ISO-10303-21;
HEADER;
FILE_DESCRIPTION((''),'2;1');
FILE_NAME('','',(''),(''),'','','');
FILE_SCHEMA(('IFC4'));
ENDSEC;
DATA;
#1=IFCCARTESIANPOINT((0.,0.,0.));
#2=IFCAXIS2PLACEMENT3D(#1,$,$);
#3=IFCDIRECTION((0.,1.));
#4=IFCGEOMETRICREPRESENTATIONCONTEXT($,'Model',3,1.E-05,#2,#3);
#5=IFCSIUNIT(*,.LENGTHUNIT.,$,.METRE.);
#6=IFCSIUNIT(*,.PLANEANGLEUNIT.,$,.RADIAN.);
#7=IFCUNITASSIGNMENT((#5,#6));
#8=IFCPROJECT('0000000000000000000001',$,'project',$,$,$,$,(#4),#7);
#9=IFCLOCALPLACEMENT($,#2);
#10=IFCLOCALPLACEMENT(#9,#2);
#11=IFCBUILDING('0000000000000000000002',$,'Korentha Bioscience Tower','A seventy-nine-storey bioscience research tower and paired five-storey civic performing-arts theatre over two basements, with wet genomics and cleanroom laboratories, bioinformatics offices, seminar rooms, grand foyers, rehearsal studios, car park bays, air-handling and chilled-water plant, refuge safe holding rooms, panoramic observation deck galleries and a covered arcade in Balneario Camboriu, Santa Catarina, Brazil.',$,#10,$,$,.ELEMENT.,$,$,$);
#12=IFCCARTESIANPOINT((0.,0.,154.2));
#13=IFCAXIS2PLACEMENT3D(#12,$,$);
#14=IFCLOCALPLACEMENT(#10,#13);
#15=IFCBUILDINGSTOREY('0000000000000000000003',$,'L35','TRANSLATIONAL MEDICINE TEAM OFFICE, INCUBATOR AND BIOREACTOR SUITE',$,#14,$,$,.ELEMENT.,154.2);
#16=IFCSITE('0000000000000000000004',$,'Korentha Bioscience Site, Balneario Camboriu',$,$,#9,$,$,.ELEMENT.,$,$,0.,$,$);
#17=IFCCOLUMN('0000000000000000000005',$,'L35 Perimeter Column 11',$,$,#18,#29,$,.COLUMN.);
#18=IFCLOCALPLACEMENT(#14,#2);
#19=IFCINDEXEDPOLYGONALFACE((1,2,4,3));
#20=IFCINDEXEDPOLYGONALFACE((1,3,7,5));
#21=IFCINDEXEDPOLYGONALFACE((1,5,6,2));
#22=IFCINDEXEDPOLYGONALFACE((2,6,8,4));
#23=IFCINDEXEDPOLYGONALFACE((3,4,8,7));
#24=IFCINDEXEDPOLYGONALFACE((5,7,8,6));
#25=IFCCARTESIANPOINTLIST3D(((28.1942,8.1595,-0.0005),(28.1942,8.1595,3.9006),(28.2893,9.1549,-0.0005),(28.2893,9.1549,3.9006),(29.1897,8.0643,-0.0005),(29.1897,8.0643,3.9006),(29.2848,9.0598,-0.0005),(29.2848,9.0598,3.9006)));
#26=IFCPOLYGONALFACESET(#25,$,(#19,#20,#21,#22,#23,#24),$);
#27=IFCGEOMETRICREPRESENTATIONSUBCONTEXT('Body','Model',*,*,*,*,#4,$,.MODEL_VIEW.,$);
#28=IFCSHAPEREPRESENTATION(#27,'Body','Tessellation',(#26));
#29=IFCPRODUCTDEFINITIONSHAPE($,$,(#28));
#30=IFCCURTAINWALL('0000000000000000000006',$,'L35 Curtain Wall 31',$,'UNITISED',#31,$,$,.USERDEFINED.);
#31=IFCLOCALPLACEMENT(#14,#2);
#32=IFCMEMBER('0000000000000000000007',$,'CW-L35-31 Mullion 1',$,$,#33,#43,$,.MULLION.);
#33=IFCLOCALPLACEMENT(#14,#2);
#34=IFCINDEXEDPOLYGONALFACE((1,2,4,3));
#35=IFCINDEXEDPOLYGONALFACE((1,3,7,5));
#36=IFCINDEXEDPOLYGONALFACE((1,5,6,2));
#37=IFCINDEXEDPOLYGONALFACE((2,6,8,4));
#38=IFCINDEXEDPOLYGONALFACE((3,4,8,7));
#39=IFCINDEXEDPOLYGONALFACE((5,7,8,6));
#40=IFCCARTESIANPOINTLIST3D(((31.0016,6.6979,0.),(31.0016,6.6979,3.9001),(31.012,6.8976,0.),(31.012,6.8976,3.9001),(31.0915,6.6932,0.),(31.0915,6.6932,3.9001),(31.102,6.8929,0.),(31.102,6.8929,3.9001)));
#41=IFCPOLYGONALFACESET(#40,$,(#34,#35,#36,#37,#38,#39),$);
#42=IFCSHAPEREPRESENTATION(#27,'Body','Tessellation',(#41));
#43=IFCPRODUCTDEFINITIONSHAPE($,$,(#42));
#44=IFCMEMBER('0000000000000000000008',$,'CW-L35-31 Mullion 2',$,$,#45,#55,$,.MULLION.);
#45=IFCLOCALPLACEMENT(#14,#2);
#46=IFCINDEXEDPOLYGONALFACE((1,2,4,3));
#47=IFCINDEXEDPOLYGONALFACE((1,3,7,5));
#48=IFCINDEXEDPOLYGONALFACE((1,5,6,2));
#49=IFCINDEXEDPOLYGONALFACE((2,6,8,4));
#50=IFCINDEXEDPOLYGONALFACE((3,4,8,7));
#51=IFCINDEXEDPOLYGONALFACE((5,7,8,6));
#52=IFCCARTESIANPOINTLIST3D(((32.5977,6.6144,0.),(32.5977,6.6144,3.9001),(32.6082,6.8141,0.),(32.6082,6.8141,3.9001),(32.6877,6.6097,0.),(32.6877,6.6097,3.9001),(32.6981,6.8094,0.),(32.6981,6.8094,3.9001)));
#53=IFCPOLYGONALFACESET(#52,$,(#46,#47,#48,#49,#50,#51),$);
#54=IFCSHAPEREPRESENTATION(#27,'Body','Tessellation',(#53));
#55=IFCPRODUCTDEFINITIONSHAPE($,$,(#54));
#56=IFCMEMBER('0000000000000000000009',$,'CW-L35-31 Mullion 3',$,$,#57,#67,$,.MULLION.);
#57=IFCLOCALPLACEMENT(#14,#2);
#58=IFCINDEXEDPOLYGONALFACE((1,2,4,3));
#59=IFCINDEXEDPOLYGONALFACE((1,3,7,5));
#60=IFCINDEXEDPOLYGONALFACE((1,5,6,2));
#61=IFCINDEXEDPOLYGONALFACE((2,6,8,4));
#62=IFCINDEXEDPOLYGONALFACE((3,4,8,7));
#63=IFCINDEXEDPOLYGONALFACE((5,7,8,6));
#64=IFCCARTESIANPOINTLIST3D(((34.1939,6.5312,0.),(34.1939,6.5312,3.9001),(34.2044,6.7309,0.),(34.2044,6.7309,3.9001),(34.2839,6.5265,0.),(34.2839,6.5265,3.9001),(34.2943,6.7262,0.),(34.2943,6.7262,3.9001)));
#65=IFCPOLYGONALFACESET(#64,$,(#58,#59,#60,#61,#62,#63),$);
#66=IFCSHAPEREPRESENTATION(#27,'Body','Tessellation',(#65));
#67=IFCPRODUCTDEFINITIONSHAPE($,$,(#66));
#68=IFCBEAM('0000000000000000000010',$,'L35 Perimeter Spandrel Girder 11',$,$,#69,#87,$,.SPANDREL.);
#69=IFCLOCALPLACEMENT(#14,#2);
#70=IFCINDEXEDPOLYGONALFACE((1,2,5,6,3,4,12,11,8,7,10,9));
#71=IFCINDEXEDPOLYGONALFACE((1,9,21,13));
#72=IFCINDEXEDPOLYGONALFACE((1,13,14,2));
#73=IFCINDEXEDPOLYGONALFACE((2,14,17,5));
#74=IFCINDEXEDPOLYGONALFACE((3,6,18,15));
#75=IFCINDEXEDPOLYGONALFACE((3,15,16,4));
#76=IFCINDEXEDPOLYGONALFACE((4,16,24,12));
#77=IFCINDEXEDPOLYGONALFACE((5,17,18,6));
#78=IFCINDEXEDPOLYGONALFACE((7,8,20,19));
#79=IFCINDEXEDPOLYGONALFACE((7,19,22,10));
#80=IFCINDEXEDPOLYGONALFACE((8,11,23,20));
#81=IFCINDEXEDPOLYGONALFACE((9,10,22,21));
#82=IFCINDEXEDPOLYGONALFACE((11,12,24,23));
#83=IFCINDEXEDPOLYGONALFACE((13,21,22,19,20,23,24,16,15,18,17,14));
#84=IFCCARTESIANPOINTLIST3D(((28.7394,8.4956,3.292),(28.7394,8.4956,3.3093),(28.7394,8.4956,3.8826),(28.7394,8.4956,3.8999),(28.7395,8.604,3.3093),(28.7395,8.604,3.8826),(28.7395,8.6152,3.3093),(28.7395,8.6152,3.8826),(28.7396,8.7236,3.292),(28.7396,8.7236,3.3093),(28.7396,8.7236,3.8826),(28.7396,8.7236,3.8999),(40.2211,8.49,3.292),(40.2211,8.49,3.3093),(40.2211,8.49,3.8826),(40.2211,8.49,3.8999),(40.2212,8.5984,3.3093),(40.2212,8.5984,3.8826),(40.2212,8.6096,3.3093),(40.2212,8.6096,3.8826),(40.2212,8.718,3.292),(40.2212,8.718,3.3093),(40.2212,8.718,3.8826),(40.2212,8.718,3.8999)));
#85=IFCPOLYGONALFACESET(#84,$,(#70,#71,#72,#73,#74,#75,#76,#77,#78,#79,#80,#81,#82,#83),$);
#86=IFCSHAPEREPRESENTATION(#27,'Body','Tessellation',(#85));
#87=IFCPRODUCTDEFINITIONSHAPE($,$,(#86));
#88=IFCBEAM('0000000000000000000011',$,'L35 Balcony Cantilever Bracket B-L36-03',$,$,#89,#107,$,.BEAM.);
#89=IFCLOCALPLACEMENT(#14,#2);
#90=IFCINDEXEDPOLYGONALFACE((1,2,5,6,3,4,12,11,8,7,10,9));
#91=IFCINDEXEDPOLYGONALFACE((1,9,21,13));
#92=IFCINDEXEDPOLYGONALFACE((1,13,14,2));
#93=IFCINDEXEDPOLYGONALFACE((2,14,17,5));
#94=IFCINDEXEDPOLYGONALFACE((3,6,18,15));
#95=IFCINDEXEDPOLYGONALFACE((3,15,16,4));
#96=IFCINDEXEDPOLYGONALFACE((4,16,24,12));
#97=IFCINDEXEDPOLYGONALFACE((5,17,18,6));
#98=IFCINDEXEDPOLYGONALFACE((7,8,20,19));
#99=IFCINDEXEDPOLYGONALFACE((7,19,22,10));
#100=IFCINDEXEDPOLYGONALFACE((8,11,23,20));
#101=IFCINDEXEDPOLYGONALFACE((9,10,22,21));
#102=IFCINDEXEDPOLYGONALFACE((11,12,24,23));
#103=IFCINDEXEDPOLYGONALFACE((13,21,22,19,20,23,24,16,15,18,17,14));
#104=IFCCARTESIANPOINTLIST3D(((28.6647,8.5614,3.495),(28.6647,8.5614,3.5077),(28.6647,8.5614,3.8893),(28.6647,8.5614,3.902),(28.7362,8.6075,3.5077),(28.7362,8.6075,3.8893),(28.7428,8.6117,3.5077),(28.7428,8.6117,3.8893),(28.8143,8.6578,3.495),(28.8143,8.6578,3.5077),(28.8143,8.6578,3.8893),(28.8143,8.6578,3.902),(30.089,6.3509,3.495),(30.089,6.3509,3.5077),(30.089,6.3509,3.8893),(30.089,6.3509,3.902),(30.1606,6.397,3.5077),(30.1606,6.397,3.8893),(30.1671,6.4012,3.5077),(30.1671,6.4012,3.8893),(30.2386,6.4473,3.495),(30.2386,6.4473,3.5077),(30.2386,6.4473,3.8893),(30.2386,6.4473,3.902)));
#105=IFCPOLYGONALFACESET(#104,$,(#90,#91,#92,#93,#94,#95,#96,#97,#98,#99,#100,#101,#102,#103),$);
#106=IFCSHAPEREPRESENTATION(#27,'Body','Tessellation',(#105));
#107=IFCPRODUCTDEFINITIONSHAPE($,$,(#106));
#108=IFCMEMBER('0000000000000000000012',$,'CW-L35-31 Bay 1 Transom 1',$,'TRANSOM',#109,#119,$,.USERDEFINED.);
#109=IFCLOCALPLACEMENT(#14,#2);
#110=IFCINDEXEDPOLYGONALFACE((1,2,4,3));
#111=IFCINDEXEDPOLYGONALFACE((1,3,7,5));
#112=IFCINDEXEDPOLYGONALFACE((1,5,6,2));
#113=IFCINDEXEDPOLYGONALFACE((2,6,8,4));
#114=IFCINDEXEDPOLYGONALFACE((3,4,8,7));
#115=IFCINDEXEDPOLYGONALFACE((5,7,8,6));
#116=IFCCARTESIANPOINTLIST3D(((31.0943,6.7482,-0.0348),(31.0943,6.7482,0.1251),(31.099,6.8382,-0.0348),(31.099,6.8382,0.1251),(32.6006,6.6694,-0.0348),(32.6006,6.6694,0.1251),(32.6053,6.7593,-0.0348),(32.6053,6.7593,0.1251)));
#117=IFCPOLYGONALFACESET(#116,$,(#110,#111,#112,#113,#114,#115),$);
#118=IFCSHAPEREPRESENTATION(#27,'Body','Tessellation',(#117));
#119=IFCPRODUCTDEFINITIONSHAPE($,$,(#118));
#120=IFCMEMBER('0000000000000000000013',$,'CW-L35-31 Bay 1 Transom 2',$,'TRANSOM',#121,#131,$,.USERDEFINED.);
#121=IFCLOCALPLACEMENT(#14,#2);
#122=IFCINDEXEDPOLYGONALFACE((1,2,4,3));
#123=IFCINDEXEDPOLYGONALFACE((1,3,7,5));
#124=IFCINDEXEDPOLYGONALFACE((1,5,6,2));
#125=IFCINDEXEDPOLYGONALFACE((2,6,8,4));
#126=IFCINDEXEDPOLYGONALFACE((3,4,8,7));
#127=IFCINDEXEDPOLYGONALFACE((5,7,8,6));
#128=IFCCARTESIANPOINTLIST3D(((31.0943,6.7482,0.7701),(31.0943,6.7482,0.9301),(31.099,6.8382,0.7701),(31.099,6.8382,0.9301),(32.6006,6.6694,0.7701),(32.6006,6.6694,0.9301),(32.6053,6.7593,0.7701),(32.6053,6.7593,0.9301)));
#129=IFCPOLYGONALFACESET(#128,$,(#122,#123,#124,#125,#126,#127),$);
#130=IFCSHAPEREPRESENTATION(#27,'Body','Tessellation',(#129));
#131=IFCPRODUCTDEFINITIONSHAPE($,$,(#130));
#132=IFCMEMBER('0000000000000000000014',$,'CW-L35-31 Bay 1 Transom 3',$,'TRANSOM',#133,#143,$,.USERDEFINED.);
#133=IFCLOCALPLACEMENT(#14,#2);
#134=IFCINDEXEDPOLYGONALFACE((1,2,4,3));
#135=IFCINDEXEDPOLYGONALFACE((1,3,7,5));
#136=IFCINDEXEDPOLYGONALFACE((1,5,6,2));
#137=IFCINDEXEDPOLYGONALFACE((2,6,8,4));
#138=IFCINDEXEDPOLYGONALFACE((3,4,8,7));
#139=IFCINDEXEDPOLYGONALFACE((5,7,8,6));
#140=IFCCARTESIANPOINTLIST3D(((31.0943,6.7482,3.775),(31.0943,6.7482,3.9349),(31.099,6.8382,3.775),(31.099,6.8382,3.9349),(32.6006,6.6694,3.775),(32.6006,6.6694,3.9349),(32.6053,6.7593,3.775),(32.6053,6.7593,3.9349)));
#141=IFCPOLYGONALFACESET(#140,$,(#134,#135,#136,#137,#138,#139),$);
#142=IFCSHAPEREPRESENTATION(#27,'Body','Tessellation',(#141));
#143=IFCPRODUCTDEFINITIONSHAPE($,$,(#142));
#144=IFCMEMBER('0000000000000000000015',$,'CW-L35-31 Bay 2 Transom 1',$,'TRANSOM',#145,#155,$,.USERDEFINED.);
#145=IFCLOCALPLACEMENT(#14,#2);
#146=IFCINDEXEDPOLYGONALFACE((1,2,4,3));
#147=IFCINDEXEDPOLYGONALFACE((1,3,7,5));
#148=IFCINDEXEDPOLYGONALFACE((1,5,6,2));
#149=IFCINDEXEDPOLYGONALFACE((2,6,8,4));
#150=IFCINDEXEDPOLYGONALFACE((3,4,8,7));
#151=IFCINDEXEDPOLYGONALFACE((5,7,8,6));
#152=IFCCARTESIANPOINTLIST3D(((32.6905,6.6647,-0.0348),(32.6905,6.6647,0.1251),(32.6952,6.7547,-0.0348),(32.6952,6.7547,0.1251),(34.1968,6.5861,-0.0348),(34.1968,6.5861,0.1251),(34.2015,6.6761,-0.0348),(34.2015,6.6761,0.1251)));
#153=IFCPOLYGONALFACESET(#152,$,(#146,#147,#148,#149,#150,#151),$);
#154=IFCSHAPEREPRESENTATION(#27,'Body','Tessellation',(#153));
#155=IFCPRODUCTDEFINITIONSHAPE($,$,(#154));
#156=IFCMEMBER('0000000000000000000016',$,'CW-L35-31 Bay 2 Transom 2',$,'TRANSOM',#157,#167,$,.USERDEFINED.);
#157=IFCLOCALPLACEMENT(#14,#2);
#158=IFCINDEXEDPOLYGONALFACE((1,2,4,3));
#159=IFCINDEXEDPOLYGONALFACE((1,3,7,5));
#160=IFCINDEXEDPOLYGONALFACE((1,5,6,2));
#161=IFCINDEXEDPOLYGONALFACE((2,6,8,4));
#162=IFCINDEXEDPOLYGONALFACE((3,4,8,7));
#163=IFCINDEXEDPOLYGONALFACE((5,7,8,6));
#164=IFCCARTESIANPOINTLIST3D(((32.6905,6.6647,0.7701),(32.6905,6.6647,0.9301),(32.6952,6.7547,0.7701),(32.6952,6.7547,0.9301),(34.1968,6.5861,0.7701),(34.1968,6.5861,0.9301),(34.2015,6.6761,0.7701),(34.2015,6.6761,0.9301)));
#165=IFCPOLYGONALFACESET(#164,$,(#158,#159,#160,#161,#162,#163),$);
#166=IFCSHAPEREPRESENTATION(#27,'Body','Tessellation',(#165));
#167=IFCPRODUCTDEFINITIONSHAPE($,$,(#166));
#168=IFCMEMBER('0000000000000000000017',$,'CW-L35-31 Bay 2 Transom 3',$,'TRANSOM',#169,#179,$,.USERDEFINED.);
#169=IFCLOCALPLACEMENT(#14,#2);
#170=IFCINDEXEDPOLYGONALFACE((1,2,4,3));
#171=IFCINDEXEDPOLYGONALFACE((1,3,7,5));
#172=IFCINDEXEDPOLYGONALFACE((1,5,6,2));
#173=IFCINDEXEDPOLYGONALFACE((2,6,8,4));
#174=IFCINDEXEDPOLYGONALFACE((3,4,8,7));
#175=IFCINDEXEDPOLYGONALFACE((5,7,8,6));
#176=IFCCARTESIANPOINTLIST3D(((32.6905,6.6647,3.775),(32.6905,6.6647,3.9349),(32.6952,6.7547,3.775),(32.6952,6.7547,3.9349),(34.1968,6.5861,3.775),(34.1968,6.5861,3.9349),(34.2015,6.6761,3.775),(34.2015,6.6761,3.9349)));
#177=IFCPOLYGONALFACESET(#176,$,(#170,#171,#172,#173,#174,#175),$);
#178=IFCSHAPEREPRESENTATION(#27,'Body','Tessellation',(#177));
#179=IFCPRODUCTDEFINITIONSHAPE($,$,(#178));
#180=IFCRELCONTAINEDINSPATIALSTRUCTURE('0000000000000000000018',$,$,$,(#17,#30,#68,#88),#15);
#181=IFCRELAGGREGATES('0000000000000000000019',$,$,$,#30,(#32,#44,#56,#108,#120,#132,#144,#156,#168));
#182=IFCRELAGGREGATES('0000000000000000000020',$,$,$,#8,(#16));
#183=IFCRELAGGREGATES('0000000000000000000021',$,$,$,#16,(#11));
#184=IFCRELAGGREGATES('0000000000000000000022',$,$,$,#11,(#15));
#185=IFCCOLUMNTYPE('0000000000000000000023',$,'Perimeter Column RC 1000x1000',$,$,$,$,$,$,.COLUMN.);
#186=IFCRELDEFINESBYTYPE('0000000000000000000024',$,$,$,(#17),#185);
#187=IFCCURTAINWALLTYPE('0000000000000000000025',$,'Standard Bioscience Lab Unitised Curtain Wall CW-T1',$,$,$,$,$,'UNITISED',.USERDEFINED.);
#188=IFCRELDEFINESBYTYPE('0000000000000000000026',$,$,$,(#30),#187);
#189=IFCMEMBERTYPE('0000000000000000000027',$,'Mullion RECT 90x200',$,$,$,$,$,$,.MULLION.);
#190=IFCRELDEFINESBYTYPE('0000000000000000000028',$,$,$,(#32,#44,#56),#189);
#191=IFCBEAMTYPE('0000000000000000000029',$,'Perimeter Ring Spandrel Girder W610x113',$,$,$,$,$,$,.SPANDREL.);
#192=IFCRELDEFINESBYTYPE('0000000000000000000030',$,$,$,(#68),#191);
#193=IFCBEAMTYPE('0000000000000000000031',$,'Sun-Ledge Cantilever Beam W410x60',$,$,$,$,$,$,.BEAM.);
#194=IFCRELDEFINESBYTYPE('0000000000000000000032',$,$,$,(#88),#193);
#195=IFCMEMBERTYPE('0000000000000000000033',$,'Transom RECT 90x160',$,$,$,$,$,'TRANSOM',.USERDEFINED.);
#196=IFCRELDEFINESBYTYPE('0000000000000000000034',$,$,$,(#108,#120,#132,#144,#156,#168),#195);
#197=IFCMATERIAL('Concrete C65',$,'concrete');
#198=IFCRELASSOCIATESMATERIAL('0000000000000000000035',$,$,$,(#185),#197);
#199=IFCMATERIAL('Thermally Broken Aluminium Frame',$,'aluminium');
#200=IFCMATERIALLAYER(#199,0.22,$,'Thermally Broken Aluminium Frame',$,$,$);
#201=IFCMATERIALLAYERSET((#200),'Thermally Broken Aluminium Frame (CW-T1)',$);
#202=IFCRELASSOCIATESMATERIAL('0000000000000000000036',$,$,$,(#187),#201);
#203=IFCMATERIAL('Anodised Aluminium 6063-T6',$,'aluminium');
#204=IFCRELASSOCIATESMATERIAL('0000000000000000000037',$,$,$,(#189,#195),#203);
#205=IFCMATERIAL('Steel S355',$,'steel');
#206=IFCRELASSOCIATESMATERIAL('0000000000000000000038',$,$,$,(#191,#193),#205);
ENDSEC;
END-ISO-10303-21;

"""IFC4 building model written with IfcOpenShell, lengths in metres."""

from ifc_helpers import new_model, si_unit, direction, frame, origin, origin_2d, place, context, subcontext, project, spatial, rectangle, i_section, extrude, material, layer, layer_set, material_profile, profile_set, type_object, element, aggregate, save


model = new_model("IFC4")

# Units and contexts
model_context = context("Model", 3, precision=1e-05, world=origin(), true_north=direction((0.0, 1.0)))
body_context = subcontext(model_context, "Body", "Model", "MODEL_VIEW")
ifc_project = project(units=[si_unit("LENGTHUNIT", "METRE"), si_unit("PLANEANGLEUNIT", "RADIAN")], contexts=[model_context])

# Site, building, storey
site_placement = place(None, origin())
site = spatial("IfcSite", under=ifc_project, at=site_placement, Name="Korentha Bioscience Site, Balneario Camboriu", CompositionType="ELEMENT", RefElevation=0.0)
building_placement = place(site_placement, origin())
building = spatial("IfcBuilding", under=site, at=building_placement, Name="Korentha Bioscience Tower", Description="A seventy-nine-storey bioscience research tower and paired five-storey civic performing-arts theatre over two basements, with wet genomics and cleanroom laboratories, bioinformatics offices, seminar rooms, grand foyers, rehearsal studios, car park bays, air-handling and chilled-water plant, refuge safe holding rooms, panoramic observation deck galleries and a covered arcade in Balneario Camboriu, Santa Catarina, Brazil.", CompositionType="ELEMENT")
storey_placement = place(building_placement, frame((0.0, 0.0, 154.2)))
storey = spatial("IfcBuildingStorey", under=building, at=storey_placement, Name="L35", Description="TRANSLATIONAL MEDICINE TEAM OFFICE, INCUBATOR AND BIOREACTOR SUITE", CompositionType="ELEMENT", Elevation=154.2)

# Column
ifc_material_1 = material(Name="Concrete C65", Category="concrete")
ifc_material_profile_1 = material_profile(ifc_material_1, rectangle(XDim=1.0, YDim=1.0, at=origin_2d()), Name="Concrete C65")
ifc_profile_set_1 = profile_set([ifc_material_profile_1], Name="Concrete C65 (COL-P10)")
column_type = type_object("IfcColumnType", Name="Perimeter Column RC 1000x1000", PredefinedType="COLUMN", material=ifc_profile_set_1)
column_placement = place(storey_placement, frame((28.7395, 8.6096, -0.0005), z_axis=(0.0, 0.0, 1.0), x_axis=(-0.995463, 0.095151, 0.0)))
element("IfcColumn", 1, at=column_placement, inside=storey, type_object=column_type, Name="L35 Perimeter Column 11", PredefinedType="COLUMN", context=body_context, shape_type="SweptSolid", body=[
    extrude(rectangle(XDim=1.0, YDim=1.0, at=origin_2d()), origin(), (0.0, 0.0, 1.0), 3.9011),
])

# Curtain wall, members
ifc_material_2 = material(Name="Thermally Broken Aluminium Frame", Category="aluminium")
ifc_layer_1 = layer(ifc_material_2, 0.22, Name="Thermally Broken Aluminium Frame")
ifc_layer_set_1 = layer_set([ifc_layer_1], Name="Thermally Broken Aluminium Frame (CW-T1)")
curtain_wall_type = type_object("IfcCurtainWallType", Name="Standard Bioscience Lab Unitised Curtain Wall CW-T1", ElementType="UNITISED", PredefinedType="USERDEFINED", material=ifc_layer_set_1)
curtain_wall_placement = place(storey_placement, origin())
curtain_wall = element("IfcCurtainWall", 2, at=curtain_wall_placement, inside=storey, type_object=curtain_wall_type, Name="L35 Curtain Wall 31", ObjectType="UNITISED", PredefinedType="USERDEFINED")
ifc_material_3 = material(Name="Anodised Aluminium 6063-T6", Category="aluminium")
ifc_material_profile_2 = material_profile(ifc_material_3, rectangle(XDim=0.0901, YDim=0.2, at=origin_2d()), Name="Anodised Aluminium 6063-T6")
ifc_profile_set_2 = profile_set([ifc_material_profile_2], Name="Anodised Aluminium 6063-T6 (CW-MUL)")
member_type_1 = type_object("IfcMemberType", Name="Mullion RECT 90x200", PredefinedType="MULLION", material=ifc_profile_set_2)
member_1_placement = place(storey_placement, frame((31.0518, 6.7954, 0.0), z_axis=(0.0, 0.0, 1.0), x_axis=(0.998638, -0.05218, 0.0)))
member_1 = element("IfcMember", 3, at=member_1_placement, type_object=member_type_1, Name="CW-L35-31 Mullion 1", PredefinedType="MULLION", context=body_context, shape_type="SweptSolid", body=[
    extrude(rectangle(XDim=0.0901, YDim=0.2, at=origin_2d()), origin(), (0.0, 0.0, 1.0), 3.9001),
])
member_2_placement = place(storey_placement, frame((32.6479, 6.7119, 0.0), z_axis=(0.0, 0.0, 1.0), x_axis=(0.998638, -0.05218, 0.0)))
member_2 = element("IfcMember", 4, at=member_2_placement, type_object=member_type_1, Name="CW-L35-31 Mullion 2", PredefinedType="MULLION", context=body_context, shape_type="SweptSolid", body=[
    extrude(rectangle(XDim=0.0901, YDim=0.2, at=origin_2d()), origin(), (0.0, 0.0, 1.0), 3.9001),
])
member_3_placement = place(storey_placement, frame((34.2441, 6.6287, 0.0), z_axis=(0.0, 0.0, 1.0), x_axis=(0.998638, -0.05218, 0.0)))
member_3 = element("IfcMember", 5, at=member_3_placement, type_object=member_type_1, Name="CW-L35-31 Mullion 3", PredefinedType="MULLION", context=body_context, shape_type="SweptSolid", body=[
    extrude(rectangle(XDim=0.0901, YDim=0.2, at=origin_2d()), origin(), (0.0, 0.0, 1.0), 3.9001),
])

# Beams
ifc_material_4 = material(Name="Steel S355", Category="steel")
ifc_material_profile_3 = material_profile(ifc_material_4, i_section(OverallWidth=0.228, OverallDepth=0.6079, WebThickness=0.0112, FlangeThickness=0.0173, at=origin_2d()), Name="Steel S355")
ifc_profile_set_3 = profile_set([ifc_material_profile_3], Name="Steel S355 (SB-610)")
beam_type_1 = type_object("IfcBeamType", Name="Perimeter Ring Spandrel Girder W610x113", PredefinedType="SPANDREL", material=ifc_profile_set_3)
beam_1_placement = place(storey_placement, frame((28.7395, 8.6096, 3.5959), z_axis=(1.0, -0.000489, 0.0), x_axis=(0.000489, 1.0, 0.0)))
element("IfcBeam", 6, at=beam_1_placement, inside=storey, type_object=beam_type_1, Name="L35 Perimeter Spandrel Girder 11", PredefinedType="SPANDREL", context=body_context, shape_type="SweptSolid", body=[
    extrude(i_section(OverallWidth=0.228, OverallDepth=0.6079, WebThickness=0.0112, FlangeThickness=0.0173, at=origin_2d()), origin(), (0.0, 0.0, 1.0), 11.4817),
])
ifc_material_profile_4 = material_profile(ifc_material_4, i_section(OverallWidth=0.178, OverallDepth=0.407, WebThickness=0.0078, FlangeThickness=0.0127, at=origin_2d()), Name="Steel S355")
ifc_profile_set_4 = profile_set([ifc_material_profile_4], Name="Steel S355 (CB-410)")
beam_type_2 = type_object("IfcBeamType", Name="Sun-Ledge Cantilever Beam W410x60", PredefinedType="BEAM", material=ifc_profile_set_4)
beam_2_placement = place(storey_placement, frame((28.7395, 8.6096, 3.6985), z_axis=(0.541649, -0.840605, 0.0), x_axis=(0.840605, 0.541649, 0.0)))
element("IfcBeam", 7, at=beam_2_placement, inside=storey, type_object=beam_type_2, Name="L35 Balcony Cantilever Bracket B-L36-03", PredefinedType="BEAM", context=body_context, shape_type="SweptSolid", body=[
    extrude(i_section(OverallWidth=0.178, OverallDepth=0.407, WebThickness=0.0078, FlangeThickness=0.0127, at=origin_2d()), origin(), (0.0, 0.0, 1.0), 2.6296),
])

# Members
ifc_material_profile_5 = material_profile(ifc_material_3, rectangle(XDim=0.0901, YDim=0.1599, at=origin_2d()), Name="Anodised Aluminium 6063-T6")
ifc_profile_set_5 = profile_set([ifc_material_profile_5], Name="Anodised Aluminium 6063-T6 (CW-TRN)")
member_type_2 = type_object("IfcMemberType", Name="Transom RECT 90x160", ElementType="TRANSOM", PredefinedType="USERDEFINED", material=ifc_profile_set_5)
member_4_placement = place(storey_placement, frame((31.0967, 6.7932, 0.0452), z_axis=(0.998633, -0.052278, 0.0), x_axis=(0.052278, 0.998633, 0.0)))
member_4 = element("IfcMember", 8, at=member_4_placement, type_object=member_type_2, Name="CW-L35-31 Bay 1 Transom 1", ObjectType="TRANSOM", PredefinedType="USERDEFINED", context=body_context, shape_type="SweptSolid", body=[
    extrude(rectangle(XDim=0.0901, YDim=0.1599, at=origin_2d()), origin(), (0.0, 0.0, 1.0), 1.5083),
])
member_5_placement = place(storey_placement, frame((31.0967, 6.7932, 0.8501), z_axis=(0.998633, -0.052278, 0.0), x_axis=(0.052278, 0.998633, 0.0)))
member_5 = element("IfcMember", 9, at=member_5_placement, type_object=member_type_2, Name="CW-L35-31 Bay 1 Transom 2", ObjectType="TRANSOM", PredefinedType="USERDEFINED", context=body_context, shape_type="SweptSolid", body=[
    extrude(rectangle(XDim=0.0901, YDim=0.1599, at=origin_2d()), origin(), (0.0, 0.0, 1.0), 1.5083),
])
member_6_placement = place(storey_placement, frame((31.0967, 6.7932, 3.855), z_axis=(0.998633, -0.052278, 0.0), x_axis=(0.052278, 0.998633, 0.0)))
member_6 = element("IfcMember", 10, at=member_6_placement, type_object=member_type_2, Name="CW-L35-31 Bay 1 Transom 3", ObjectType="TRANSOM", PredefinedType="USERDEFINED", context=body_context, shape_type="SweptSolid", body=[
    extrude(rectangle(XDim=0.0901, YDim=0.1599, at=origin_2d()), origin(), (0.0, 0.0, 1.0), 1.5083),
])
member_7_placement = place(storey_placement, frame((32.6929, 6.7097, 0.0452), z_axis=(0.998641, -0.052117, 0.0), x_axis=(0.052117, 0.998641, 0.0)))
member_7 = element("IfcMember", 11, at=member_7_placement, type_object=member_type_2, Name="CW-L35-31 Bay 2 Transom 1", ObjectType="TRANSOM", PredefinedType="USERDEFINED", context=body_context, shape_type="SweptSolid", body=[
    extrude(rectangle(XDim=0.0901, YDim=0.1599, at=origin_2d()), origin(), (0.0, 0.0, 1.0), 1.5083),
])
member_8_placement = place(storey_placement, frame((32.6929, 6.7097, 0.8501), z_axis=(0.998641, -0.052117, 0.0), x_axis=(0.052117, 0.998641, 0.0)))
member_8 = element("IfcMember", 12, at=member_8_placement, type_object=member_type_2, Name="CW-L35-31 Bay 2 Transom 2", ObjectType="TRANSOM", PredefinedType="USERDEFINED", context=body_context, shape_type="SweptSolid", body=[
    extrude(rectangle(XDim=0.0901, YDim=0.1599, at=origin_2d()), origin(), (0.0, 0.0, 1.0), 1.5083),
])
member_9_placement = place(storey_placement, frame((32.6929, 6.7097, 3.855), z_axis=(0.998641, -0.052117, 0.0), x_axis=(0.052117, 0.998641, 0.0)))
member_9 = element("IfcMember", 13, at=member_9_placement, type_object=member_type_2, Name="CW-L35-31 Bay 2 Transom 3", ObjectType="TRANSOM", PredefinedType="USERDEFINED", context=body_context, shape_type="SweptSolid", body=[
    extrude(rectangle(XDim=0.0901, YDim=0.1599, at=origin_2d()), origin(), (0.0, 0.0, 1.0), 1.5083),
])

aggregate(curtain_wall, [member_1, member_2, member_3, member_4, member_5, member_6, member_7, member_8, member_9])

save(model, "model.ifc")
